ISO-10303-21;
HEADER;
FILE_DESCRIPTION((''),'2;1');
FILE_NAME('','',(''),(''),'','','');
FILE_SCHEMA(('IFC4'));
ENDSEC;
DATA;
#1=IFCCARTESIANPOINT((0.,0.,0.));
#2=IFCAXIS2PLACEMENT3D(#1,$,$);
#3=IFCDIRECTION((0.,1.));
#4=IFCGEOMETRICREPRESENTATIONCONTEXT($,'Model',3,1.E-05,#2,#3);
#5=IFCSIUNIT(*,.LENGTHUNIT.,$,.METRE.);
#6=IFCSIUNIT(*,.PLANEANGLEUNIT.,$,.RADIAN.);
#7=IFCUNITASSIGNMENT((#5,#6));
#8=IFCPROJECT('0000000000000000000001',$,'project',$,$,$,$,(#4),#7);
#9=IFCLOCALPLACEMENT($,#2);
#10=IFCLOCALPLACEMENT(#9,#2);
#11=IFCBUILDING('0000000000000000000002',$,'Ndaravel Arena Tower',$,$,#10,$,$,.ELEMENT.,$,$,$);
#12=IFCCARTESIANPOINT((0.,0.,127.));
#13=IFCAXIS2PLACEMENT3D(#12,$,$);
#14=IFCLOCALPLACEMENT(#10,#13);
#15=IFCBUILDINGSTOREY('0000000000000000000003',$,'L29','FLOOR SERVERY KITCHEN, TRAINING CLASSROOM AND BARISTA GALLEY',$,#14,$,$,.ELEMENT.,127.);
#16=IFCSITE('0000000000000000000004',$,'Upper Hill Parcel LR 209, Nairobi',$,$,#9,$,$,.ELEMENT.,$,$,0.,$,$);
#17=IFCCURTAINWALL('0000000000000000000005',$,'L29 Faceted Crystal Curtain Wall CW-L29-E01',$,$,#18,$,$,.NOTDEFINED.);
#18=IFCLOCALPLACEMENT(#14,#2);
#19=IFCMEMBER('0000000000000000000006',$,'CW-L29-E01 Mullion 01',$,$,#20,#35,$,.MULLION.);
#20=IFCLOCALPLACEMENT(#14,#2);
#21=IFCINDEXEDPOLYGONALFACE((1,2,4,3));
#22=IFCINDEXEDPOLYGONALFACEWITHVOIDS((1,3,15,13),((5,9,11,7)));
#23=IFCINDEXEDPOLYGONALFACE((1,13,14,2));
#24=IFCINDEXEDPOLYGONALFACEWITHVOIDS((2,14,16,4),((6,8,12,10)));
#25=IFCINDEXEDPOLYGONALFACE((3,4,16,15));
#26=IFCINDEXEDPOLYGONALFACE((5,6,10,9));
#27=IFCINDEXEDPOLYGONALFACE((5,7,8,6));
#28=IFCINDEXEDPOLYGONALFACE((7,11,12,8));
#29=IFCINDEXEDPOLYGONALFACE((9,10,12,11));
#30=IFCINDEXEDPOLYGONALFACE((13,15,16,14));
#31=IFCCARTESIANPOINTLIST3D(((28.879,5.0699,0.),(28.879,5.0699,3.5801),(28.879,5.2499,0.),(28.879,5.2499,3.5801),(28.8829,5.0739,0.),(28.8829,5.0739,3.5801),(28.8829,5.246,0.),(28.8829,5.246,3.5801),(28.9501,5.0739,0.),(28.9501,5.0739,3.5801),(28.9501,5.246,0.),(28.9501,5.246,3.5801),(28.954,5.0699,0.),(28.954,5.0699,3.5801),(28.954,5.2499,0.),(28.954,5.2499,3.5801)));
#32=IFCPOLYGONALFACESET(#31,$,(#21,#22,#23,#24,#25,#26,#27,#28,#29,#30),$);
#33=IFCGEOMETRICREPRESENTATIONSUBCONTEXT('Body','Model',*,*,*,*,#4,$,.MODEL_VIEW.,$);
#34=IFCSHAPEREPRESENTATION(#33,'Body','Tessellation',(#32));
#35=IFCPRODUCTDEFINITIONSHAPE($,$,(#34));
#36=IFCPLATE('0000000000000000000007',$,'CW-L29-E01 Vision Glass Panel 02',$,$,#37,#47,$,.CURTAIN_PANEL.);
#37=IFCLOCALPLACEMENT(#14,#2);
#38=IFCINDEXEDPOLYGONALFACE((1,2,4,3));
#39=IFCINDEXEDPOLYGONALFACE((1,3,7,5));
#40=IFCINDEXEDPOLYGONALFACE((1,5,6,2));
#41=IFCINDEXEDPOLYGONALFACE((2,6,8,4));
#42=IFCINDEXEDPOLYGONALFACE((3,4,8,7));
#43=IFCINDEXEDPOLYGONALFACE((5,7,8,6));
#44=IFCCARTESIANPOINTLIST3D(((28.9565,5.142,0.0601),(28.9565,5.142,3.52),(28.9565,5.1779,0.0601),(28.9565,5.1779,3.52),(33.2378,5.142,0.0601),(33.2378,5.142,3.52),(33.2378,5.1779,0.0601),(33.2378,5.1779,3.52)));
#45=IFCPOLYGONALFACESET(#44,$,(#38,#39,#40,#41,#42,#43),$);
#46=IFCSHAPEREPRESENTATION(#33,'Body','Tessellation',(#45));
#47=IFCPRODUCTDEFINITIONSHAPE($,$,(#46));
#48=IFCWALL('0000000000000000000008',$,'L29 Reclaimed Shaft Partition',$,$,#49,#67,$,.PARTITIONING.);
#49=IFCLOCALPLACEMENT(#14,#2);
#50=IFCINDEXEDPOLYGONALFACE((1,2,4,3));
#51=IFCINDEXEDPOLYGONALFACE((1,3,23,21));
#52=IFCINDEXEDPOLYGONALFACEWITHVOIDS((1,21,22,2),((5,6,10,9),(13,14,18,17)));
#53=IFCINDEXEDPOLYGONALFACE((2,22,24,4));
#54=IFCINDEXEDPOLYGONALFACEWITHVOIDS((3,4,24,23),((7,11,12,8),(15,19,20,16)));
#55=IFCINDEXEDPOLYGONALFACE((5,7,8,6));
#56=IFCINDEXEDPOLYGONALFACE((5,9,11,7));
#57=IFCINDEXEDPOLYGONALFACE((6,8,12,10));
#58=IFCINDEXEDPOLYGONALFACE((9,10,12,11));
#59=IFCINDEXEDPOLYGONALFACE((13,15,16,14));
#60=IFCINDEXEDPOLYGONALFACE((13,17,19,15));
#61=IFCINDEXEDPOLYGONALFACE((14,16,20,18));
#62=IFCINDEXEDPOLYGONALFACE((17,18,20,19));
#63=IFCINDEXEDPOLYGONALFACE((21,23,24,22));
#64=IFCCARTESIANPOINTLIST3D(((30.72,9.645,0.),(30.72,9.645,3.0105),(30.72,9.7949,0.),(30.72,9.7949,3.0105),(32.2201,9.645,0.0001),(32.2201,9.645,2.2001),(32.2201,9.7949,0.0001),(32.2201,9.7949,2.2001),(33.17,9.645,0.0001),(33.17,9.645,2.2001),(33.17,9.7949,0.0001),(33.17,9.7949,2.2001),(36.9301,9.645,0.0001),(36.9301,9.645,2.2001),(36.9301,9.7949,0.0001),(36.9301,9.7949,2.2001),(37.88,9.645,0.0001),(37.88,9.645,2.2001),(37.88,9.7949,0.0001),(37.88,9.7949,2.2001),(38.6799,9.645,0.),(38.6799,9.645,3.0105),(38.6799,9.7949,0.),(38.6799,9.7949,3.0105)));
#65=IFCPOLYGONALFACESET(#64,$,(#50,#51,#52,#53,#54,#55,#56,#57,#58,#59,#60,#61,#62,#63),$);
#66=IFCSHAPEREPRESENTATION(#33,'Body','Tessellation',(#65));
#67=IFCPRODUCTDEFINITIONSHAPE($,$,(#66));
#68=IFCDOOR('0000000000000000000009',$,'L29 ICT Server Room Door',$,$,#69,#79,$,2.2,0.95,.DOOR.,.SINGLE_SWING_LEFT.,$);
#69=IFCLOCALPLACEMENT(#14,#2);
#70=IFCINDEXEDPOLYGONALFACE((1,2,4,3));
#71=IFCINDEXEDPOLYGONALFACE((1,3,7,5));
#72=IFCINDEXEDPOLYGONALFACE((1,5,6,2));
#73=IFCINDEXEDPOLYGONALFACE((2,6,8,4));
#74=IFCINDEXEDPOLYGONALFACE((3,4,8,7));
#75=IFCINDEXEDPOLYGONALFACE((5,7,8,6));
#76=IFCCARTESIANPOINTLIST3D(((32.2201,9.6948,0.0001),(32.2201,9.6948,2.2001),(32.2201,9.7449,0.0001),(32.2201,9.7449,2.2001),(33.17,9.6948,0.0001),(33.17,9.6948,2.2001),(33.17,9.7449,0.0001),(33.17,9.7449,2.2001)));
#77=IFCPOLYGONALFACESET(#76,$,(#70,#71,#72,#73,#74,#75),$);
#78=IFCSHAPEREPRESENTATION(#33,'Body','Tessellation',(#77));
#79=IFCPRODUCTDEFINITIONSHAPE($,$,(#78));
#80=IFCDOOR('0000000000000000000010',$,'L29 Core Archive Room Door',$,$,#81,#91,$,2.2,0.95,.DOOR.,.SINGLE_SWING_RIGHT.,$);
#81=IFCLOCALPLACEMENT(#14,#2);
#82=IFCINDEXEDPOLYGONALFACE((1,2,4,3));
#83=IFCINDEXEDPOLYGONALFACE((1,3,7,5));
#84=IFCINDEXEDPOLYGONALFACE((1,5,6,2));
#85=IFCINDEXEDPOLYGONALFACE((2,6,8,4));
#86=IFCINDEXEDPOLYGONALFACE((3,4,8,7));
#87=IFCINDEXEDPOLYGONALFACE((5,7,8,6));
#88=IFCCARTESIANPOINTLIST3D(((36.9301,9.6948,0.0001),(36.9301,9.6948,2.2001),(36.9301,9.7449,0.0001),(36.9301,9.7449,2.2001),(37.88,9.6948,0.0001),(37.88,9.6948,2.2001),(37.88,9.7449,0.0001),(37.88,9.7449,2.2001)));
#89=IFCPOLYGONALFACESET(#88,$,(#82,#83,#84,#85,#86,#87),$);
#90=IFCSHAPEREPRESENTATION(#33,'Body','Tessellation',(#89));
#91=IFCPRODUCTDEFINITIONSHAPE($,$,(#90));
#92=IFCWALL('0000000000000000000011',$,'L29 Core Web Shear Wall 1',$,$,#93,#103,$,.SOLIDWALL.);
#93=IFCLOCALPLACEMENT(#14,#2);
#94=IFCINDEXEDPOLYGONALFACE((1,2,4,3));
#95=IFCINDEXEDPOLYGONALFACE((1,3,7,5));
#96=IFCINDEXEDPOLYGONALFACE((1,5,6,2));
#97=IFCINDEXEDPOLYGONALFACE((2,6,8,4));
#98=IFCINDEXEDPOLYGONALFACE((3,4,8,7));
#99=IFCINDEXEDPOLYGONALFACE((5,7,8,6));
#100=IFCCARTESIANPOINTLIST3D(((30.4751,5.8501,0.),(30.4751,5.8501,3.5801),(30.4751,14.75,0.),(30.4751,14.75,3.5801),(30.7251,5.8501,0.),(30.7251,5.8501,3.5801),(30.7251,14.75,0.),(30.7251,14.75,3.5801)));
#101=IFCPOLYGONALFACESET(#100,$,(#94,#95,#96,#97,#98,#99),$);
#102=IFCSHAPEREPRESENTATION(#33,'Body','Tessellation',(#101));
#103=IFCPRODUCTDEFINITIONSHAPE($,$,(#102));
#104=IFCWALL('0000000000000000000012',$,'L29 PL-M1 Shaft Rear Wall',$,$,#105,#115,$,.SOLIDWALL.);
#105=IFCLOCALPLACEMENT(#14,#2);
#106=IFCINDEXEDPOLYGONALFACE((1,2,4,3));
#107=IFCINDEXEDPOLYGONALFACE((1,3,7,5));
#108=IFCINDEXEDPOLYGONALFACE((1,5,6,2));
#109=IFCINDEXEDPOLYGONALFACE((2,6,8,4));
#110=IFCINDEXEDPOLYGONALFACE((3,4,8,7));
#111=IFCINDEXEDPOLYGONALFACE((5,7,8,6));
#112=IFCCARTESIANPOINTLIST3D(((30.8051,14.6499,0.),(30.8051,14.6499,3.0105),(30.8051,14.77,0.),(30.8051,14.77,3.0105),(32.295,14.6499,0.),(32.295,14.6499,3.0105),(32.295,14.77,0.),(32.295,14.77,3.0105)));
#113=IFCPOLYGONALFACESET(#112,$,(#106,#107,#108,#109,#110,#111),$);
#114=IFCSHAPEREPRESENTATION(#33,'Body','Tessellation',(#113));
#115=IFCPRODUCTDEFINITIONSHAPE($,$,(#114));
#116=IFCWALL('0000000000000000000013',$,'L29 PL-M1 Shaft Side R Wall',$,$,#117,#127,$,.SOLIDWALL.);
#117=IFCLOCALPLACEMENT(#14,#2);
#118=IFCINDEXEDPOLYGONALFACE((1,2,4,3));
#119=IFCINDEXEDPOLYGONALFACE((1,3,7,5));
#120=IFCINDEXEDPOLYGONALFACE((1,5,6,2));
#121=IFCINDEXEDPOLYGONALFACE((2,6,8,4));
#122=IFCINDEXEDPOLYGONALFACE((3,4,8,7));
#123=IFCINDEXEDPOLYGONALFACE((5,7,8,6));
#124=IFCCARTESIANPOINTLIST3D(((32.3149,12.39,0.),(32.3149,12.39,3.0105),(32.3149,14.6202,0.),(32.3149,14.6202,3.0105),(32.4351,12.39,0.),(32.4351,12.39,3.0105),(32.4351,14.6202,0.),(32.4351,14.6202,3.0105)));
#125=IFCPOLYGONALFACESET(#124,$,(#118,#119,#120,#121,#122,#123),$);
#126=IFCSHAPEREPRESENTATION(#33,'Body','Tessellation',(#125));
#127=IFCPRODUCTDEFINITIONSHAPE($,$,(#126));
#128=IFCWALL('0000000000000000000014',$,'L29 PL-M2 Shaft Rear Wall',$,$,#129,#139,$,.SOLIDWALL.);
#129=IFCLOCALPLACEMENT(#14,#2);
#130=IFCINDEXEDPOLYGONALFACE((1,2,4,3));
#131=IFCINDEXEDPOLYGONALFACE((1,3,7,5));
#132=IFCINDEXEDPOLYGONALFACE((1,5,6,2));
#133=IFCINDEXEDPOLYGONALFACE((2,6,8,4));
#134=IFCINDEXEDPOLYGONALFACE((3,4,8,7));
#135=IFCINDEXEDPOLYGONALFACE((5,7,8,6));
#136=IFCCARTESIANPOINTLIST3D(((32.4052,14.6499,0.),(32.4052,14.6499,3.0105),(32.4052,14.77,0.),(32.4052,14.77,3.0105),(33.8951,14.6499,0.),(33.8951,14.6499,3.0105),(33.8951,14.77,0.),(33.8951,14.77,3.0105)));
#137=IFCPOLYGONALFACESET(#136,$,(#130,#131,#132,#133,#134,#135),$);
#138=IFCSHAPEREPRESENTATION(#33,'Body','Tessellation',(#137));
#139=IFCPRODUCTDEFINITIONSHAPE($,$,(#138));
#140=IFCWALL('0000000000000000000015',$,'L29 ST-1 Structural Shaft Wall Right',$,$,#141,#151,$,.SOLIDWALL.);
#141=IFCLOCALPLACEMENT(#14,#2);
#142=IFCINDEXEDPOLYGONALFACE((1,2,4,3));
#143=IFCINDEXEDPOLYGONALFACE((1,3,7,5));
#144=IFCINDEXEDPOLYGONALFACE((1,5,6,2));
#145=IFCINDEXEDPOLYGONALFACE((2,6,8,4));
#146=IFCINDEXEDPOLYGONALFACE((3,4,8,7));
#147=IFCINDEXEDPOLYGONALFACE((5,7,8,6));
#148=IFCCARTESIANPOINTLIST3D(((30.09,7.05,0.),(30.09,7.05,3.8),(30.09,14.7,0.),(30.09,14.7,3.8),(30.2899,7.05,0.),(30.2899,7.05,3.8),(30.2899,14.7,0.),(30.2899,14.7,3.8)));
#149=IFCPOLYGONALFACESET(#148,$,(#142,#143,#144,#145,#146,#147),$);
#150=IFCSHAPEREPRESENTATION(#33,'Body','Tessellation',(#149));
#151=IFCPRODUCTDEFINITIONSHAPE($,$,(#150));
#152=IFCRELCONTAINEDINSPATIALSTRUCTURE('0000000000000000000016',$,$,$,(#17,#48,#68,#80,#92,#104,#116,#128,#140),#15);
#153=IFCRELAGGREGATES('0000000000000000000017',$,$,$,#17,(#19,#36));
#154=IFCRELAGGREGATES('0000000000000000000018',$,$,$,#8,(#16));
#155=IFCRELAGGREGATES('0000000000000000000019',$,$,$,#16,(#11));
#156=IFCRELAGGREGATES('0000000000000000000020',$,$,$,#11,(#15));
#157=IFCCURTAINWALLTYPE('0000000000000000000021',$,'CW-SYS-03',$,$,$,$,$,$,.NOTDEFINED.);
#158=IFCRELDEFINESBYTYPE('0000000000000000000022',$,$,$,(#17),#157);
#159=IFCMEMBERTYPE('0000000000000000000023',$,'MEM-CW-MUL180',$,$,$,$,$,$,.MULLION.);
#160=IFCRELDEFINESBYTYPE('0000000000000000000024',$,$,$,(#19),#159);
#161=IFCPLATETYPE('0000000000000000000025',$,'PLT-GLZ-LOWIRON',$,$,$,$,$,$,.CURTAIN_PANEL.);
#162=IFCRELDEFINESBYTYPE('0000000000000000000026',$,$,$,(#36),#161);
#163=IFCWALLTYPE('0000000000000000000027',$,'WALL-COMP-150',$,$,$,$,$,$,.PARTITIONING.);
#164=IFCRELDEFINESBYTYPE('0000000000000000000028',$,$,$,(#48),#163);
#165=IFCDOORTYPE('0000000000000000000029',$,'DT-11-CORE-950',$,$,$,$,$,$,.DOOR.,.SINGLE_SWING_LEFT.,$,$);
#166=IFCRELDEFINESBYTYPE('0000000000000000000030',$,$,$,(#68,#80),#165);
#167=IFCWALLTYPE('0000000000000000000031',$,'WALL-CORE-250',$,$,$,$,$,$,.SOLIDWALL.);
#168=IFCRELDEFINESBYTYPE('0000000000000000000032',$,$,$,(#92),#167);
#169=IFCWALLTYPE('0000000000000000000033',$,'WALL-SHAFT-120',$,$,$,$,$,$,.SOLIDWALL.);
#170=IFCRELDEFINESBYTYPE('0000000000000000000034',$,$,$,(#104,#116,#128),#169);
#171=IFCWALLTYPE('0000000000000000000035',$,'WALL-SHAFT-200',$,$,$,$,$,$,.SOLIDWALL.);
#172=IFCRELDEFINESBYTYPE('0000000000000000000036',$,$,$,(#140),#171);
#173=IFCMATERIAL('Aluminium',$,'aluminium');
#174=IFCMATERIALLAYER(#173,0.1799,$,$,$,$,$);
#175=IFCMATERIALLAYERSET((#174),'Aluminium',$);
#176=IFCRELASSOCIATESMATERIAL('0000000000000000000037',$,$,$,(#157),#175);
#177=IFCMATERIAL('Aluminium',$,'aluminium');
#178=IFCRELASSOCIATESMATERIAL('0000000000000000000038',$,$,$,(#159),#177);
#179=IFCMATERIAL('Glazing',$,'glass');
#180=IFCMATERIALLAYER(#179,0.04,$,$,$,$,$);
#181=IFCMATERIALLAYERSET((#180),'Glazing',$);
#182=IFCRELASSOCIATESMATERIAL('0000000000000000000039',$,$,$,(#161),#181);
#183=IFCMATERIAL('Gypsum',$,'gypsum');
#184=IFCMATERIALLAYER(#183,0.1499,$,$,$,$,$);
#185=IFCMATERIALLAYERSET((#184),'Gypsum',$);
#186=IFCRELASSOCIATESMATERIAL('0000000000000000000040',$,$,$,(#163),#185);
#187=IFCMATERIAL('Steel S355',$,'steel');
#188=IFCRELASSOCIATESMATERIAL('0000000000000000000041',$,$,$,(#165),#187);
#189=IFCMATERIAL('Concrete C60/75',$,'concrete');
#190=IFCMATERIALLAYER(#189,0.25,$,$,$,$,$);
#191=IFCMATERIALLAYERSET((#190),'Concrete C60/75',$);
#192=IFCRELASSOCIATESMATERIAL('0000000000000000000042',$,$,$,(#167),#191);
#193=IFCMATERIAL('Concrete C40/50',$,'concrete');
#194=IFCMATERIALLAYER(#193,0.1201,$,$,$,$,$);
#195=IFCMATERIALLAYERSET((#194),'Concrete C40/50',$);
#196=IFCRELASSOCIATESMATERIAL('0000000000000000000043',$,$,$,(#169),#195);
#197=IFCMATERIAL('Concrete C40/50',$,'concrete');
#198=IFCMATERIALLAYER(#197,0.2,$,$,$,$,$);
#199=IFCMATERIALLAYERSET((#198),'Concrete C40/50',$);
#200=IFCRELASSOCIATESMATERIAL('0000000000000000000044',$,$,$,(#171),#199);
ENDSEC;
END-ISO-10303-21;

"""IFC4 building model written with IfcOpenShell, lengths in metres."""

from ifc_helpers import new_model, si_unit, direction, frame, frame_2d, origin, origin_2d, place, context, subcontext, project, spatial, rectangle, hollow_rectangle, extrude, material, layer, layer_set, material_profile, profile_set, type_object, element, fill, aggregate, save


model = new_model("IFC4")

# Units and contexts
model_context = context("Model", 3, precision=1e-05, world=origin(), true_north=direction((0.0, 1.0)))
body_context = subcontext(model_context, "Body", "Model", "MODEL_VIEW")
ifc_project = project(units=[si_unit("LENGTHUNIT", "METRE"), si_unit("PLANEANGLEUNIT", "RADIAN")], contexts=[model_context])

# Site, building, storey
site_placement = place(None, origin())
site = spatial("IfcSite", under=ifc_project, at=site_placement, Name="Upper Hill Parcel LR 209, Nairobi", CompositionType="ELEMENT", RefElevation=0.0)
building_placement = place(site_placement, origin())
building = spatial("IfcBuilding", under=site, at=building_placement, Name="Ndaravel Arena Tower", CompositionType="ELEMENT")
storey_placement = place(building_placement, frame((0.0, 0.0, 127.0)))
storey = spatial("IfcBuildingStorey", under=building, at=storey_placement, Name="L29", Description="FLOOR SERVERY KITCHEN, TRAINING CLASSROOM AND BARISTA GALLEY", CompositionType="ELEMENT", Elevation=127.0)

# Curtain wall, member, plate
ifc_material_1 = material(Name="Aluminium", Category="aluminium")
ifc_layer_1 = layer(ifc_material_1, 0.1799)
ifc_layer_set_1 = layer_set([ifc_layer_1], Name="Aluminium")
curtain_wall_type = type_object("IfcCurtainWallType", Name="CW-SYS-03", PredefinedType="NOTDEFINED", material=ifc_layer_set_1)
curtain_wall_placement = place(storey_placement, origin())
curtain_wall = element("IfcCurtainWall", 1, at=curtain_wall_placement, inside=storey, type_object=curtain_wall_type, Name="L29 Faceted Crystal Curtain Wall CW-L29-E01", PredefinedType="NOTDEFINED")
ifc_material_2 = material(Name="Aluminium", Category="aluminium")
ifc_material_profile = material_profile(ifc_material_2, hollow_rectangle(XDim=0.075, YDim=0.1799, WallThickness=0.0039, at=origin_2d()), Name="CW MULLION 75x180x4")
ifc_profile_set = profile_set([ifc_material_profile], Name="Aluminium")
member_type = type_object("IfcMemberType", Name="MEM-CW-MUL180", PredefinedType="MULLION", material=ifc_profile_set)
member_placement = place(storey_placement, frame((28.9165, 5.1599, 0.0), z_axis=(0.0, 0.0, 1.0), x_axis=(1.0, 0.0, 0.0)))
member = element("IfcMember", 2, at=member_placement, type_object=member_type, Name="CW-L29-E01 Mullion 01", PredefinedType="MULLION", context=body_context, shape_type="SweptSolid", body=[
    extrude(hollow_rectangle(XDim=0.075, YDim=0.1799, WallThickness=0.0039, at=origin_2d()), origin(), (0.0, 0.0, 1.0), 3.5801),
])
ifc_material_3 = material(Name="Glazing", Category="glass")
ifc_layer_2 = layer(ifc_material_3, 0.04)
ifc_layer_set_2 = layer_set([ifc_layer_2], Name="Glazing")
plate_type = type_object("IfcPlateType", Name="PLT-GLZ-LOWIRON", PredefinedType="CURTAIN_PANEL", material=ifc_layer_set_2)
plate_placement = place(storey_placement, frame((31.0972, 5.1599, 0.0601), z_axis=(0.0, 0.0, 1.0), x_axis=(1.0, 0.0, 0.0)))
plate = element("IfcPlate", 3, at=plate_placement, type_object=plate_type, Name="CW-L29-E01 Vision Glass Panel 02", PredefinedType="CURTAIN_PANEL", context=body_context, shape_type="SweptSolid", body=[
    extrude(rectangle(XDim=4.2812, YDim=0.0359, at=origin_2d()), origin(), (0.0, 0.0, 1.0), 3.46),
])
aggregate(curtain_wall, [member, plate])

# Wall, openings, doors
ifc_material_4 = material(Name="Gypsum", Category="gypsum")
ifc_layer_3 = layer(ifc_material_4, 0.1499)
ifc_layer_set_3 = layer_set([ifc_layer_3], Name="Gypsum")
wall_type_1 = type_object("IfcWallType", Name="WALL-COMP-150", PredefinedType="PARTITIONING", material=ifc_layer_set_3)
wall_1_placement = place(storey_placement, frame((30.72, 9.72, 0.0), z_axis=(0.0, 0.0, 1.0), x_axis=(1.0, 0.0, 0.0)))
wall_1 = element("IfcWall", 4, at=wall_1_placement, inside=storey, type_object=wall_type_1, Name="L29 Reclaimed Shaft Partition", PredefinedType="PARTITIONING", context=body_context, shape_type="SweptSolid", body=[
    extrude(rectangle(XDim=7.96, YDim=0.1499, at=frame_2d((3.98, 0.0))), origin(), (0.0, 0.0, 1.0), 3.0105),
])
opening_1_placement = place(wall_1_placement, frame((1.5, 0.0, 0.0)))
opening_1 = element("IfcOpeningElement", 5, at=opening_1_placement, cuts=wall_1, PredefinedType="OPENING", context=body_context, shape_type="SweptSolid", body=[
    extrude(rectangle(XDim=0.95, YDim=2.2, at=frame_2d((0.4751, 1.1001))), frame((0.0, 0.075, 0.0), z_axis=(0.0, -1.0, 0.0), x_axis=(1.0, 0.0, 0.0)), (0.0, 0.0, 1.0), 0.1499),
])
opening_2_placement = place(wall_1_placement, frame((6.21, 0.0, 0.0)))
opening_2 = element("IfcOpeningElement", 6, at=opening_2_placement, cuts=wall_1, PredefinedType="OPENING", context=body_context, shape_type="SweptSolid", body=[
    extrude(rectangle(XDim=0.95, YDim=2.2, at=frame_2d((0.4751, 1.1001))), frame((0.0, 0.075, 0.0), z_axis=(0.0, -1.0, 0.0), x_axis=(1.0, 0.0, 0.0)), (0.0, 0.0, 1.0), 0.1499),
])
ifc_material_5 = material(Name="Steel S355", Category="steel")
door_type_1 = type_object("IfcDoorType", Name="DT-11-CORE-950", OperationType="SINGLE_SWING_LEFT", PredefinedType="DOOR", material=ifc_material_5)
door_1_placement = place(opening_1_placement, origin())
door_1 = element("IfcDoor", 7, at=door_1_placement, inside=storey, type_object=door_type_1, Name="L29 ICT Server Room Door", OperationType="SINGLE_SWING_LEFT", OverallHeight=2.2, OverallWidth=0.95, PredefinedType="DOOR", context=body_context, shape_type="SweptSolid", body=[
    extrude(rectangle(XDim=0.95, YDim=2.2, at=frame_2d((0.4751, 1.1001))), frame((0.0, 0.0249, 0.0), z_axis=(0.0, -1.0, 0.0), x_axis=(1.0, 0.0, 0.0)), (0.0, 0.0, 1.0), 0.05),
])
fill(opening_1, door_1)
door_2_placement = place(opening_2_placement, origin())
door_2 = element("IfcDoor", 8, at=door_2_placement, inside=storey, type_object=door_type_1, Name="L29 Core Archive Room Door", OperationType="SINGLE_SWING_RIGHT", OverallHeight=2.2, OverallWidth=0.95, PredefinedType="DOOR", context=body_context, shape_type="SweptSolid", body=[
    extrude(rectangle(XDim=0.95, YDim=2.2, at=frame_2d((0.4751, 1.1001))), frame((0.0, 0.0249, 0.0), z_axis=(0.0, -1.0, 0.0), x_axis=(1.0, 0.0, 0.0)), (0.0, 0.0, 1.0), 0.05),
])
fill(opening_2, door_2)

# Walls
ifc_material_6 = material(Name="Concrete C60/75", Category="concrete")
ifc_layer_4 = layer(ifc_material_6, 0.25)
ifc_layer_set_4 = layer_set([ifc_layer_4], Name="Concrete C60/75")
wall_type_2 = type_object("IfcWallType", Name="WALL-CORE-250", PredefinedType="SOLIDWALL", material=ifc_layer_set_4)
wall_2_placement = place(storey_placement, frame((30.6001, 5.8501, 0.0), z_axis=(0.0, 0.0, 1.0), x_axis=(0.0, 1.0, 0.0)))
element("IfcWall", 9, at=wall_2_placement, inside=storey, type_object=wall_type_2, Name="L29 Core Web Shear Wall 1", PredefinedType="SOLIDWALL", context=body_context, shape_type="SweptSolid", body=[
    extrude(rectangle(XDim=8.8999, YDim=0.25, at=frame_2d((4.45, 0.0))), origin(), (0.0, 0.0, 1.0), 3.5801),
])
ifc_material_7 = material(Name="Concrete C40/50", Category="concrete")
ifc_layer_5 = layer(ifc_material_7, 0.1201)
ifc_layer_set_5 = layer_set([ifc_layer_5], Name="Concrete C40/50")
wall_type_3 = type_object("IfcWallType", Name="WALL-SHAFT-120", PredefinedType="SOLIDWALL", material=ifc_layer_set_5)
wall_3_placement = place(storey_placement, frame((30.8049, 14.71, 0.0), z_axis=(0.0, 0.0, 1.0), x_axis=(1.0, 0.0, 0.0)))
element("IfcWall", 10, at=wall_3_placement, inside=storey, type_object=wall_type_3, Name="L29 PL-M1 Shaft Rear Wall", PredefinedType="SOLIDWALL", context=body_context, shape_type="SweptSolid", body=[
    extrude(rectangle(XDim=1.49, YDim=0.1201, at=frame_2d((0.7451, 0.0))), origin(), (0.0, 0.0, 1.0), 3.0105),
])
wall_4_placement = place(storey_placement, frame((32.375, 12.3899, 0.0), z_axis=(0.0, 0.0, 1.0), x_axis=(0.0, 1.0, 0.0)))
element("IfcWall", 11, at=wall_4_placement, inside=storey, type_object=wall_type_3, Name="L29 PL-M1 Shaft Side R Wall", PredefinedType="SOLIDWALL", context=body_context, shape_type="SweptSolid", body=[
    extrude(rectangle(XDim=2.2302, YDim=0.1201, at=frame_2d((1.1152, 0.0))), origin(), (0.0, 0.0, 1.0), 3.0105),
])
wall_5_placement = place(storey_placement, frame((32.405, 14.71, 0.0), z_axis=(0.0, 0.0, 1.0), x_axis=(1.0, 0.0, 0.0)))
element("IfcWall", 12, at=wall_5_placement, inside=storey, type_object=wall_type_3, Name="L29 PL-M2 Shaft Rear Wall", PredefinedType="SOLIDWALL", context=body_context, shape_type="SweptSolid", body=[
    extrude(rectangle(XDim=1.49, YDim=0.1201, at=frame_2d((0.7451, 0.0))), origin(), (0.0, 0.0, 1.0), 3.0105),
])
ifc_material_8 = material(Name="Concrete C40/50", Category="concrete")
ifc_layer_6 = layer(ifc_material_8, 0.2)
ifc_layer_set_6 = layer_set([ifc_layer_6], Name="Concrete C40/50")
wall_type_4 = type_object("IfcWallType", Name="WALL-SHAFT-200", PredefinedType="SOLIDWALL", material=ifc_layer_set_6)
wall_6_placement = place(storey_placement, frame((30.1899, 14.7, 0.0), z_axis=(0.0, 0.0, 1.0), x_axis=(0.0, -1.0, 0.0)))
element("IfcWall", 13, at=wall_6_placement, inside=storey, type_object=wall_type_4, Name="L29 ST-1 Structural Shaft Wall Right", PredefinedType="SOLIDWALL", context=body_context, shape_type="SweptSolid", body=[
    extrude(rectangle(XDim=7.6499, YDim=0.2, at=frame_2d((3.825, 0.0))), origin(), (0.0, 0.0, 1.0), 3.8),
])

save(model, "model.ifc")
